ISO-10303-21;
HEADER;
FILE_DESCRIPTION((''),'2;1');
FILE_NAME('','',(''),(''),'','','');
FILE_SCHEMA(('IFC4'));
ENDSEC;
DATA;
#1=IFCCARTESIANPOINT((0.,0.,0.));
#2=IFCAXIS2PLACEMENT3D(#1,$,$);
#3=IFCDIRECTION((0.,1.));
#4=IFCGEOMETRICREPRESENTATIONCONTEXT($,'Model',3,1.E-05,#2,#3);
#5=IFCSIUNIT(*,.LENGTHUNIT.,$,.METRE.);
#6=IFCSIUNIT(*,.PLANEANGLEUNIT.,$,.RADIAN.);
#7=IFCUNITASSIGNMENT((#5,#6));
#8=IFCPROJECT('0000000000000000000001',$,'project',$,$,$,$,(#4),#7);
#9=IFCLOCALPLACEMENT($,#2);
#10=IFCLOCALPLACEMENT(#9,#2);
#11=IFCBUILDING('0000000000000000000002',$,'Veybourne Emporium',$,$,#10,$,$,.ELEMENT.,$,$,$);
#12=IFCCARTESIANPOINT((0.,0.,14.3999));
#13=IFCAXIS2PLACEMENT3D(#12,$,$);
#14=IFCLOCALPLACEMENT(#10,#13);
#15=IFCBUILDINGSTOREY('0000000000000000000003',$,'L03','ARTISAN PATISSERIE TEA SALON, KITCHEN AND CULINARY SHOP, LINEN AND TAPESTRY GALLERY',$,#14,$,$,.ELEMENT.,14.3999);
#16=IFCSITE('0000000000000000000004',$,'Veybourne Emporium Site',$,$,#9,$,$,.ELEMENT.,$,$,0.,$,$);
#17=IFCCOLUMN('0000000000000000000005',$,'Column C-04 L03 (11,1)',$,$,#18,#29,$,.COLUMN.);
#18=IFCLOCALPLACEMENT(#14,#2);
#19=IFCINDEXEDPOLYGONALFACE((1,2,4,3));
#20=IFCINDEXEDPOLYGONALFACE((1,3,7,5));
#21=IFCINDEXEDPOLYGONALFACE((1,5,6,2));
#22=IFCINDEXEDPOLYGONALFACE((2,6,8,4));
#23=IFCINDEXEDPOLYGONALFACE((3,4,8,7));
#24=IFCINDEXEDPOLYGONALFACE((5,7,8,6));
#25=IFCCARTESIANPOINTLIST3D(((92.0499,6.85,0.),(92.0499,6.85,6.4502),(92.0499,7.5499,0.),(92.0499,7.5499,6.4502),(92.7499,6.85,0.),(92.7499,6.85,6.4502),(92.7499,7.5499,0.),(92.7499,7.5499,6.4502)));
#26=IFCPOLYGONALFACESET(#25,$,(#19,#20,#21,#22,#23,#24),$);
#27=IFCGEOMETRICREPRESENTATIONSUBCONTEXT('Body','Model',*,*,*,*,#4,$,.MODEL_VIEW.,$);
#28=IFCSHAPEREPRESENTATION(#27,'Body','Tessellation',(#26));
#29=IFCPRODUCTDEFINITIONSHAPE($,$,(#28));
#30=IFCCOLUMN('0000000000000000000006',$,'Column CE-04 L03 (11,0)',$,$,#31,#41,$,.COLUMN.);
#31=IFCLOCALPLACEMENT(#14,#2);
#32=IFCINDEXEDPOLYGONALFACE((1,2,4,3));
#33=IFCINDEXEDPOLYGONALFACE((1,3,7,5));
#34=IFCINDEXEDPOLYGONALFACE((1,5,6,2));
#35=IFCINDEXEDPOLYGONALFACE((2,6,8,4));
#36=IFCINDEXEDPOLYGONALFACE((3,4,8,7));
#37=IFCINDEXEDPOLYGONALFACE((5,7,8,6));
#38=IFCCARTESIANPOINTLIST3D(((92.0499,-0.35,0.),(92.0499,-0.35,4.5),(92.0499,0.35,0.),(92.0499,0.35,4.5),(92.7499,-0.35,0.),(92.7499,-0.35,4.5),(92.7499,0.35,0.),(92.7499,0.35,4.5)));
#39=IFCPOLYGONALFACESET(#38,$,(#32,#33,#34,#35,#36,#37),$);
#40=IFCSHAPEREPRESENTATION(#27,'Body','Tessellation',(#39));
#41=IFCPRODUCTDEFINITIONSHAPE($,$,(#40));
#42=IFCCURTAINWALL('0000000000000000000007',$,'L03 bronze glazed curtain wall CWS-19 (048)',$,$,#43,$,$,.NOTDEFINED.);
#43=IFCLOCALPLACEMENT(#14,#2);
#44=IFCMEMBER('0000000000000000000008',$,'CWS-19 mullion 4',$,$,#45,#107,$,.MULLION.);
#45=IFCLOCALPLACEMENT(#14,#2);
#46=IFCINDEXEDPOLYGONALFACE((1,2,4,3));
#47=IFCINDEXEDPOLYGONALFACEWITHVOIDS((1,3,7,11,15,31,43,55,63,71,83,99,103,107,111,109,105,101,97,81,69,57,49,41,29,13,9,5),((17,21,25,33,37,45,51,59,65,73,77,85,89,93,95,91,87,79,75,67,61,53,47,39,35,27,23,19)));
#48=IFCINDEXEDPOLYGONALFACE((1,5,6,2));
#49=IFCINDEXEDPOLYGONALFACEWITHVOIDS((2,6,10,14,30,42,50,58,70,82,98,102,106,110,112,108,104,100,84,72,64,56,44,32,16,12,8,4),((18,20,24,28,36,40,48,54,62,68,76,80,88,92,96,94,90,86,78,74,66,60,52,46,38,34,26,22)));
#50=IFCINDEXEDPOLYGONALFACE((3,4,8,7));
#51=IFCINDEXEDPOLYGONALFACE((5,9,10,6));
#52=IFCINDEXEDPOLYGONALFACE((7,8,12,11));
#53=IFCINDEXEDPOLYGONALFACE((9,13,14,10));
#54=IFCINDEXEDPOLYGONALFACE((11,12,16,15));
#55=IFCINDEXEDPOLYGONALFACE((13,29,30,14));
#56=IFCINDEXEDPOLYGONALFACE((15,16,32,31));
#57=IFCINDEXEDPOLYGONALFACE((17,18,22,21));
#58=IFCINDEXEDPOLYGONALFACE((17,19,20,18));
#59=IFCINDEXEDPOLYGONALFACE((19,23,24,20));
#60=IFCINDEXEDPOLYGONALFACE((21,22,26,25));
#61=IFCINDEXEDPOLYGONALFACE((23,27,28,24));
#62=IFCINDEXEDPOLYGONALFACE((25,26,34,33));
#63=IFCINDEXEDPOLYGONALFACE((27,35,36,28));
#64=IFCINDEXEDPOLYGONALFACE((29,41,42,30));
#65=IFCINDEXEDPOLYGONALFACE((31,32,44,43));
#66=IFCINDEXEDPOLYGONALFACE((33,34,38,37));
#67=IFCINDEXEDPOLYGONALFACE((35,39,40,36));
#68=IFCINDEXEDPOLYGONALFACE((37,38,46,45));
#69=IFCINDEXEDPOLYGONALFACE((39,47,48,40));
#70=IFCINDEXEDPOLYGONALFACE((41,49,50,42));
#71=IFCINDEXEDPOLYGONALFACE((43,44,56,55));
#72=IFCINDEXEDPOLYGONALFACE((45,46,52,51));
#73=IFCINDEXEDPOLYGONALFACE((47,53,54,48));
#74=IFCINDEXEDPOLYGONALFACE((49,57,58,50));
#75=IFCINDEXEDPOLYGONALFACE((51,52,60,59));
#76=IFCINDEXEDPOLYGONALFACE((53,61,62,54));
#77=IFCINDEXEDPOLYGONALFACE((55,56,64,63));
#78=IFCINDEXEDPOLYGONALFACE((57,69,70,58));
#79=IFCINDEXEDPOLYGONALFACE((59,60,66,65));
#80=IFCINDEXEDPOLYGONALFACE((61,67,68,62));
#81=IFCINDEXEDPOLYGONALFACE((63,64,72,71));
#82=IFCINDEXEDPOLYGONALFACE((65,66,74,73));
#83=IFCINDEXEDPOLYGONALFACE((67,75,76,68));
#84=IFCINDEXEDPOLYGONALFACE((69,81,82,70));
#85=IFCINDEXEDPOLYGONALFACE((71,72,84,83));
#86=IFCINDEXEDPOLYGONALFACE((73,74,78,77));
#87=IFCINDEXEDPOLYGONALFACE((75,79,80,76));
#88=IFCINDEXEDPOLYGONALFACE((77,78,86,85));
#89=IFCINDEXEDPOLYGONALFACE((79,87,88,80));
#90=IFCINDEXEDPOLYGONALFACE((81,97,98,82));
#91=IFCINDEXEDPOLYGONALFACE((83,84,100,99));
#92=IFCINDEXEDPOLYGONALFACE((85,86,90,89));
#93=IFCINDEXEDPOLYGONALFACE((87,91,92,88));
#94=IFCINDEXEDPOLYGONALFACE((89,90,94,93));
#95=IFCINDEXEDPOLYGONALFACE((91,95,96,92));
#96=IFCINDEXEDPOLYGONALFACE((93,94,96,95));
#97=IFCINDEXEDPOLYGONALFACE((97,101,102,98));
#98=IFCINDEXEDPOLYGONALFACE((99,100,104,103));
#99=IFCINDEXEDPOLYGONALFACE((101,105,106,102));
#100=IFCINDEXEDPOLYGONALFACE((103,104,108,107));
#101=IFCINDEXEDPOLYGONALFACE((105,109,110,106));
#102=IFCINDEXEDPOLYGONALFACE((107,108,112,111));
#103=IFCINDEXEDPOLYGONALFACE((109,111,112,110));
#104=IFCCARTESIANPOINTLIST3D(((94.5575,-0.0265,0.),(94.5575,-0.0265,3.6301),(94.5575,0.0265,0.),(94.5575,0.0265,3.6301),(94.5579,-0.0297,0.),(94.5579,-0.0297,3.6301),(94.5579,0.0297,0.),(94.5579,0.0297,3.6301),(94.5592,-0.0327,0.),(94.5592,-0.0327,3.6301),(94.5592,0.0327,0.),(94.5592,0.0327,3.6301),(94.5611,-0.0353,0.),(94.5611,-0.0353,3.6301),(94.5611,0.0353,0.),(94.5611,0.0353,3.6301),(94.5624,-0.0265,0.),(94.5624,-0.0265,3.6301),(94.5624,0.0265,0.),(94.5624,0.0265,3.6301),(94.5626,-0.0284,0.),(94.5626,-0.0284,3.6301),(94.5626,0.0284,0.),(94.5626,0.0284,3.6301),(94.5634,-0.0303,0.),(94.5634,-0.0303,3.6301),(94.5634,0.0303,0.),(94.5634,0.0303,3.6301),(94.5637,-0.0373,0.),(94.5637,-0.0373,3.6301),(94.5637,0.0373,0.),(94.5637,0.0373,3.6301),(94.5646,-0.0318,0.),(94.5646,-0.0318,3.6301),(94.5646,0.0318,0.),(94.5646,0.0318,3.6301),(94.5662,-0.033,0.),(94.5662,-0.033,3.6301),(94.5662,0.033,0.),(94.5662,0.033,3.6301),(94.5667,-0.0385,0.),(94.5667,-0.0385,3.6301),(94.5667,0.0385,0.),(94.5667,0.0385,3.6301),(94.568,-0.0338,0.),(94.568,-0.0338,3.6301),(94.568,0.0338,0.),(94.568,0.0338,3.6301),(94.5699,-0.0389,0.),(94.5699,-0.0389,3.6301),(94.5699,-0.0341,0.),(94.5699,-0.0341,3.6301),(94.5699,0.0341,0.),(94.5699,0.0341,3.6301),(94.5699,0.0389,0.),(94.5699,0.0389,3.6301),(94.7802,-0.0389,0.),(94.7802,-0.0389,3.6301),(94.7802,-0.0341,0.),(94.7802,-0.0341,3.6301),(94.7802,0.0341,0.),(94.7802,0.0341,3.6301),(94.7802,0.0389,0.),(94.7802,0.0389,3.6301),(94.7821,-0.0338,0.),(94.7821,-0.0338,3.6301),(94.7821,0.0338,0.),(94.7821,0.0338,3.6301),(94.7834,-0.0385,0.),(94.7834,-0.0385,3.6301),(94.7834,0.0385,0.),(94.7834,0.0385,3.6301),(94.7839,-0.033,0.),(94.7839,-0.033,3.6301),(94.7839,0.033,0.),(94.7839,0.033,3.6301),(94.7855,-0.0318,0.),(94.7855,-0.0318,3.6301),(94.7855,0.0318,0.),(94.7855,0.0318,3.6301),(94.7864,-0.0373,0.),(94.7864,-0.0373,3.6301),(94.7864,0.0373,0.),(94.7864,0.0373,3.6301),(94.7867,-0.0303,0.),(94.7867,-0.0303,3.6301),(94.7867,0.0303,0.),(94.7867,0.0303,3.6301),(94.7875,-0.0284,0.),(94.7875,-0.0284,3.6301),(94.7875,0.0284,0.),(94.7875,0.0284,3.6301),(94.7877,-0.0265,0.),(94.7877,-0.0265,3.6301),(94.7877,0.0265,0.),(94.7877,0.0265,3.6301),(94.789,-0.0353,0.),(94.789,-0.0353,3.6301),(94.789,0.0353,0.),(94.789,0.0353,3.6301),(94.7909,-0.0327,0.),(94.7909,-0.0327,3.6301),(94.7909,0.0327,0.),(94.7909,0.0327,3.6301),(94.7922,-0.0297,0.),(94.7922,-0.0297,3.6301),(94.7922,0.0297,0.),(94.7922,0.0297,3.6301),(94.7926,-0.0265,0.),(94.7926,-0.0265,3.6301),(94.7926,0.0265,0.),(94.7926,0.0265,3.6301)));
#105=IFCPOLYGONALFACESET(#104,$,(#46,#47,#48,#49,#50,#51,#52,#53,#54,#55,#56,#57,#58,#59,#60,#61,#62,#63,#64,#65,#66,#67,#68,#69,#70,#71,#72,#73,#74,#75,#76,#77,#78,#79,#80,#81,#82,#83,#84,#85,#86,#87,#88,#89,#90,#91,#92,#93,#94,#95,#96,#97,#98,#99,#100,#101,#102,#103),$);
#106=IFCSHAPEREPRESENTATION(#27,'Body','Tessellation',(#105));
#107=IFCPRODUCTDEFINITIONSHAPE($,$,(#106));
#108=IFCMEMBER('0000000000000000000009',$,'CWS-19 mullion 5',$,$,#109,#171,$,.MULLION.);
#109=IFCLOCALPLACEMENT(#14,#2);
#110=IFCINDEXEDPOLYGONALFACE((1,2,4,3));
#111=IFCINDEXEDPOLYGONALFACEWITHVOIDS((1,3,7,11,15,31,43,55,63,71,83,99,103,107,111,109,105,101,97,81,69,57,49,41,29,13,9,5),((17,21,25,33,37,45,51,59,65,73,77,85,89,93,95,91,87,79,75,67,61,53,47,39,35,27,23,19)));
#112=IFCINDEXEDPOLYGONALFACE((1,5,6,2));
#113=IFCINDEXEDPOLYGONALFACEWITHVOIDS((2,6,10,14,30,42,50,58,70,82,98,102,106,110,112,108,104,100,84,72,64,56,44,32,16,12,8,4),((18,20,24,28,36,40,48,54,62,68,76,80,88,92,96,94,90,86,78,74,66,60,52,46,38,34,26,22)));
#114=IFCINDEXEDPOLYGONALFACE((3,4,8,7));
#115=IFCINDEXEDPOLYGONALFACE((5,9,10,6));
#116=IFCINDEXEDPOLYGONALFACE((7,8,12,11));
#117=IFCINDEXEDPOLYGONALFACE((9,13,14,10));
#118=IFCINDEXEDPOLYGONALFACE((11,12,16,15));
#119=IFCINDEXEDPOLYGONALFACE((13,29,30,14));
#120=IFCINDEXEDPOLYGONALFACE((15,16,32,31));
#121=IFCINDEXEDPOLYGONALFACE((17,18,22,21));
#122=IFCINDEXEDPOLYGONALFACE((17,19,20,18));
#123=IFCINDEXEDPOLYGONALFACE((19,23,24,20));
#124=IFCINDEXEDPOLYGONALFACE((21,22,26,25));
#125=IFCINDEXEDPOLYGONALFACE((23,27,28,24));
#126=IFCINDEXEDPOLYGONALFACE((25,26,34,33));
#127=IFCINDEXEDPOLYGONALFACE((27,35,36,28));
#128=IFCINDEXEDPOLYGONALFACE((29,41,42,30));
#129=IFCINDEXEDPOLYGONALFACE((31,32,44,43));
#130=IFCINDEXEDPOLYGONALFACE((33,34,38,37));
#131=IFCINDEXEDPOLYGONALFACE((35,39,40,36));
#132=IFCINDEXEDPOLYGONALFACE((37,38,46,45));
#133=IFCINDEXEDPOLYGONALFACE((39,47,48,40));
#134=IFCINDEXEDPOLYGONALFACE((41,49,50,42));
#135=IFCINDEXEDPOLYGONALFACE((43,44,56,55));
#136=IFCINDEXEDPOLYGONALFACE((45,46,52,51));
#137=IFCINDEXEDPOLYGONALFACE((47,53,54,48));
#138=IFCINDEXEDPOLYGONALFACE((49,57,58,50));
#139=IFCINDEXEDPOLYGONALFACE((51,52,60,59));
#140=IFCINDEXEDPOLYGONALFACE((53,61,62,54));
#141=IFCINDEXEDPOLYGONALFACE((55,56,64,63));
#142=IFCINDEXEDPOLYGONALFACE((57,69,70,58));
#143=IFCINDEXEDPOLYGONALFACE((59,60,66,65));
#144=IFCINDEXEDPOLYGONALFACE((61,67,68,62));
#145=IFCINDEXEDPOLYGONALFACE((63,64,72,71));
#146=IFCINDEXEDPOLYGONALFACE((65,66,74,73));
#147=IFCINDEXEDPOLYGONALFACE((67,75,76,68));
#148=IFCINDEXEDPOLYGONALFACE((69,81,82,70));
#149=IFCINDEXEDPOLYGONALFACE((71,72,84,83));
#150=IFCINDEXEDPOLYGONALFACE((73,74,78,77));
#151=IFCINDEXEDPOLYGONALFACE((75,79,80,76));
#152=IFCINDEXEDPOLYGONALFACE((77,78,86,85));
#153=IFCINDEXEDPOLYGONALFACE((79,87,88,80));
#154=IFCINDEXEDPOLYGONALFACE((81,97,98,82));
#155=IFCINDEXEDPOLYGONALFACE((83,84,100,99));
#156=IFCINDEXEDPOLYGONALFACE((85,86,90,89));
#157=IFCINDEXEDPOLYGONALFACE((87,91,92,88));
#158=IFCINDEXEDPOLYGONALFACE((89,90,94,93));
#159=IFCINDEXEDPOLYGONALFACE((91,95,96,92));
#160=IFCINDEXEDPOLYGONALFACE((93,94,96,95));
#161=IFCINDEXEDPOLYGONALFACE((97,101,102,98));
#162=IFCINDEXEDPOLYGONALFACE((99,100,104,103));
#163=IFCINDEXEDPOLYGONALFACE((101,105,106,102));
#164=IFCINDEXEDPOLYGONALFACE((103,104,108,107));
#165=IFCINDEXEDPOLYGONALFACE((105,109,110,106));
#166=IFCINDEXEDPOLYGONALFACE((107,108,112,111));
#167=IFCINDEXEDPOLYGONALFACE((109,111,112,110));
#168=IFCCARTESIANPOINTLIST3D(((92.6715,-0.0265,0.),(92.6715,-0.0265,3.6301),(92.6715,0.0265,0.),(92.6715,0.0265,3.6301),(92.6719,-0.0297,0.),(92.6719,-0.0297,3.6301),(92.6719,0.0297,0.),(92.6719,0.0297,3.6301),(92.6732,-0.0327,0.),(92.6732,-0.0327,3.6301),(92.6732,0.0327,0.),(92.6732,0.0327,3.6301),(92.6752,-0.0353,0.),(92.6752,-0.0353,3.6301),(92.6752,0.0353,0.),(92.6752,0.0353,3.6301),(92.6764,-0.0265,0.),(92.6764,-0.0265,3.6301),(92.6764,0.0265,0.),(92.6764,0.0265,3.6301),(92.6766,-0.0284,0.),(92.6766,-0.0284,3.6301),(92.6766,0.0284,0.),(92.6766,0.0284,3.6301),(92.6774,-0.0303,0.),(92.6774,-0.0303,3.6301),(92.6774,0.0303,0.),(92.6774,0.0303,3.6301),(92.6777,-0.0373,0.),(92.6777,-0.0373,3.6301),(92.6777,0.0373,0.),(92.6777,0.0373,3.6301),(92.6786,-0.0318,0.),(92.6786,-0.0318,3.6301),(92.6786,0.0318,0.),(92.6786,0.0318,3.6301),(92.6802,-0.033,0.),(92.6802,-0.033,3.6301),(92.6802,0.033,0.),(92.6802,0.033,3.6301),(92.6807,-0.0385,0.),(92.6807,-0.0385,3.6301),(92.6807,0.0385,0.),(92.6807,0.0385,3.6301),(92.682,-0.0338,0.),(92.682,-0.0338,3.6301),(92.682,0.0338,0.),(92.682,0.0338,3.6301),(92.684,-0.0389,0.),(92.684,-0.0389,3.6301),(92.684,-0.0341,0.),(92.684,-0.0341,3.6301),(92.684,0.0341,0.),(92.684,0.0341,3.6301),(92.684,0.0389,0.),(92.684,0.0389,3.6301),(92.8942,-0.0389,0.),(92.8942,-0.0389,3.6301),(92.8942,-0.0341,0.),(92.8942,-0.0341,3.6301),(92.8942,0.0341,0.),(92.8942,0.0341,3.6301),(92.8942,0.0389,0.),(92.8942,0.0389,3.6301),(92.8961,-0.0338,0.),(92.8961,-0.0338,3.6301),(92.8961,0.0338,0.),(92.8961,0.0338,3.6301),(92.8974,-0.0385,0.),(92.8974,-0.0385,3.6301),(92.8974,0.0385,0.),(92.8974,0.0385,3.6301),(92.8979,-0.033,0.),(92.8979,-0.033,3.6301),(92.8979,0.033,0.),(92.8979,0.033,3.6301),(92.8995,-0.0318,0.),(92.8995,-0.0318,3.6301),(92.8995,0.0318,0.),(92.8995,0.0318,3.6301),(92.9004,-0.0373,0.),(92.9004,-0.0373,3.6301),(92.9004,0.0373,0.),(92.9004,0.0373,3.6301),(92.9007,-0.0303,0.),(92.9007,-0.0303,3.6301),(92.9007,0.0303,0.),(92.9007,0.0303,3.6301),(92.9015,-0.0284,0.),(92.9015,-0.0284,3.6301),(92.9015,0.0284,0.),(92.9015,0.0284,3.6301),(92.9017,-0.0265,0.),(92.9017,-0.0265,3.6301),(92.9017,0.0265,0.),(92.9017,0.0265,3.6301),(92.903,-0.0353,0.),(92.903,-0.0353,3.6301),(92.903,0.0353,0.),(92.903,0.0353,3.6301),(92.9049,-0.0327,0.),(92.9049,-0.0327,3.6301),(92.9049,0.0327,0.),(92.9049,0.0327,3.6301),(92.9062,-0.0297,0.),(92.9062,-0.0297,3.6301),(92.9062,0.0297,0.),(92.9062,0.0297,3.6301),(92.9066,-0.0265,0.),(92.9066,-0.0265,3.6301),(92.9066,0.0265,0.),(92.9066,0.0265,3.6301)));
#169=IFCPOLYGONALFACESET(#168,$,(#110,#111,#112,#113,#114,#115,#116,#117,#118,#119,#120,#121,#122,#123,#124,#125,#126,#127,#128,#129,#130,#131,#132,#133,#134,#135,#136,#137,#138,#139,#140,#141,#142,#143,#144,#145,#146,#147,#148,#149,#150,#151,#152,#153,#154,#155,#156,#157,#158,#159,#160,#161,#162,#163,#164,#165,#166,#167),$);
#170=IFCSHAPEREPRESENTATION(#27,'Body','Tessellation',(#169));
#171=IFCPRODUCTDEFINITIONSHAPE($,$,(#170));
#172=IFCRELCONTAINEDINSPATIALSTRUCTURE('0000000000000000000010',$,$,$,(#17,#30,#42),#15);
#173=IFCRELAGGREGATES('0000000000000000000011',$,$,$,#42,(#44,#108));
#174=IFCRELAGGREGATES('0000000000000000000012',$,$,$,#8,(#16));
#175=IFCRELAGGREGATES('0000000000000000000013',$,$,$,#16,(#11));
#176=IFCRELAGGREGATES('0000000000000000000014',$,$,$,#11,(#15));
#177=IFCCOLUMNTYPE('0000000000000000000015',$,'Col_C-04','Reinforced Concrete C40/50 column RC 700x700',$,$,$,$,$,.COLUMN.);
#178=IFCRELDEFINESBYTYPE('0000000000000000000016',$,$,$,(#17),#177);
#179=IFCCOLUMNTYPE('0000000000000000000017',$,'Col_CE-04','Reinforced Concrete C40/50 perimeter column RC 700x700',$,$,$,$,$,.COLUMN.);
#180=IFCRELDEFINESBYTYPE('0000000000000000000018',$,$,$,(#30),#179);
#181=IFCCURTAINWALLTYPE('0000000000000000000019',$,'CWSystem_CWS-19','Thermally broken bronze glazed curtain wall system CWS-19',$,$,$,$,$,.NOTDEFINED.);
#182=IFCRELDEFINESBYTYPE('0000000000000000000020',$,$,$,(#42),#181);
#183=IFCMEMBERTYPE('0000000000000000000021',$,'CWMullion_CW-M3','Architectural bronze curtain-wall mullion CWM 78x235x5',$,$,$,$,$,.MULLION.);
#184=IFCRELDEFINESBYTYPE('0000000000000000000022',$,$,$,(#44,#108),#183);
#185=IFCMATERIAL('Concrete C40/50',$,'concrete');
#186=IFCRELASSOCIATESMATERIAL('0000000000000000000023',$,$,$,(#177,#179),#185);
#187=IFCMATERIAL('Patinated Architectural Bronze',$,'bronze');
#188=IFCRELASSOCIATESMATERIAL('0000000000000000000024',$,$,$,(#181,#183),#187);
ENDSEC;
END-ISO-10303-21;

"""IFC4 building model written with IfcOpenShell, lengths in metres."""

from ifc_helpers import new_model, si_unit, direction, frame, origin, origin_2d, place, context, subcontext, project, spatial, rectangle, hollow_rectangle, extrude, material, material_profile, profile_set, type_object, element, aggregate, save


model = new_model("IFC4")

# Units and contexts
model_context = context("Model", 3, precision=1e-05, world=origin(), true_north=direction((0.0, 1.0)))
body_context = subcontext(model_context, "Body", "Model", "MODEL_VIEW")
ifc_project = project(units=[si_unit("LENGTHUNIT", "METRE"), si_unit("PLANEANGLEUNIT", "RADIAN")], contexts=[model_context])

# Site, building, storey
site_placement = place(None, origin())
site = spatial("IfcSite", under=ifc_project, at=site_placement, Name="Veybourne Emporium Site", CompositionType="ELEMENT", RefElevation=0.0)
building_placement = place(site_placement, origin())
building = spatial("IfcBuilding", under=site, at=building_placement, Name="Veybourne Emporium", CompositionType="ELEMENT")
storey_placement = place(building_placement, frame((0.0, 0.0, 14.3999)))
storey = spatial("IfcBuildingStorey", under=building, at=storey_placement, Name="L03", Description="ARTISAN PATISSERIE TEA SALON, KITCHEN AND CULINARY SHOP, LINEN AND TAPESTRY GALLERY", CompositionType="ELEMENT", Elevation=14.3999)

# Columns
ifc_material_1 = material(Name="Concrete C40/50", Category="concrete")
ifc_material_profile_1 = material_profile(ifc_material_1, rectangle(XDim=0.7, YDim=0.7, at=origin_2d()), Name="RC 700x700")
ifc_profile_set_1 = profile_set([ifc_material_profile_1], Name="Concrete C40/50")
column_type_1 = type_object("IfcColumnType", Name="Col_C-04", Description="Reinforced Concrete C40/50 column RC 700x700", PredefinedType="COLUMN", material=ifc_profile_set_1)
column_1_placement = place(storey_placement, frame((92.3999, 7.2, 0.0), z_axis=(0.0, 0.0, 1.0), x_axis=(1.0, 0.0, 0.0)))
element("IfcColumn", 1, at=column_1_placement, inside=storey, type_object=column_type_1, Name="Column C-04 L03 (11,1)", PredefinedType="COLUMN", context=body_context, shape_type="SweptSolid", body=[
    extrude(rectangle(XDim=0.7, YDim=0.7, at=origin_2d()), origin(), (0.0, 0.0, 1.0), 6.4502),
])
ifc_material_profile_2 = material_profile(ifc_material_1, rectangle(XDim=0.7, YDim=0.7, at=origin_2d()), Name="RC 700x700")
ifc_profile_set_2 = profile_set([ifc_material_profile_2], Name="Concrete C40/50")
column_type_2 = type_object("IfcColumnType", Name="Col_CE-04", Description="Reinforced Concrete C40/50 perimeter column RC 700x700", PredefinedType="COLUMN", material=ifc_profile_set_2)
column_2_placement = place(storey_placement, frame((92.3999, 0.0, 0.0), z_axis=(0.0, 0.0, 1.0), x_axis=(1.0, 0.0, 0.0)))
element("IfcColumn", 2, at=column_2_placement, inside=storey, type_object=column_type_2, Name="Column CE-04 L03 (11,0)", PredefinedType="COLUMN", context=body_context, shape_type="SweptSolid", body=[
    extrude(rectangle(XDim=0.7, YDim=0.7, at=origin_2d()), origin(), (0.0, 0.0, 1.0), 4.5),
])

# Curtain wall, members
ifc_material_2 = material(Name="Patinated Architectural Bronze", Category="bronze")
curtain_wall_type = type_object("IfcCurtainWallType", Name="CWSystem_CWS-19", Description="Thermally broken bronze glazed curtain wall system CWS-19", PredefinedType="NOTDEFINED", material=ifc_material_2)
curtain_wall_placement = place(storey_placement, origin())
curtain_wall = element("IfcCurtainWall", 3, at=curtain_wall_placement, inside=storey, type_object=curtain_wall_type, Name="L03 bronze glazed curtain wall CWS-19 (048)", PredefinedType="NOTDEFINED")
ifc_material_profile_3 = material_profile(ifc_material_2, hollow_rectangle(XDim=0.0779, YDim=0.2351, WallThickness=0.0049, InnerFilletRadius=0.0076, OuterFilletRadius=0.0125, at=origin_2d()), Name="CWM 78x235x5")
ifc_profile_set_3 = profile_set([ifc_material_profile_3], Name="Patinated Architectural Bronze")
member_type_1 = type_object("IfcMemberType", Name="CWMullion_CW-M3", Description="Architectural bronze curtain-wall mullion CWM 78x235x5", PredefinedType="MULLION", material=ifc_profile_set_3)
member_1_placement = place(storey_placement, frame((94.675, 0.0, 0.0), z_axis=(0.0, 0.0, 1.0), x_axis=(0.0, -1.0, 0.0)))
member_1 = element("IfcMember", 4, at=member_1_placement, type_object=member_type_1, Name="CWS-19 mullion 4", PredefinedType="MULLION", context=body_context, shape_type="SweptSolid", body=[
    extrude(hollow_rectangle(XDim=0.0779, YDim=0.2351, WallThickness=0.0049, InnerFilletRadius=0.0076, OuterFilletRadius=0.0125, at=origin_2d()), origin(), (0.0, 0.0, 1.0), 3.6301),
])
member_2_placement = place(storey_placement, frame((92.7891, 0.0, 0.0), z_axis=(0.0, 0.0, 1.0), x_axis=(0.0, -1.0, 0.0)))
member_2 = element("IfcMember", 5, at=member_2_placement, type_object=member_type_1, Name="CWS-19 mullion 5", PredefinedType="MULLION", context=body_context, shape_type="SweptSolid", body=[
    extrude(hollow_rectangle(XDim=0.0779, YDim=0.2351, WallThickness=0.0049, InnerFilletRadius=0.0076, OuterFilletRadius=0.0125, at=origin_2d()), origin(), (0.0, 0.0, 1.0), 3.6301),
])

aggregate(curtain_wall, [member_1, member_2])

save(model, "model.ifc")
